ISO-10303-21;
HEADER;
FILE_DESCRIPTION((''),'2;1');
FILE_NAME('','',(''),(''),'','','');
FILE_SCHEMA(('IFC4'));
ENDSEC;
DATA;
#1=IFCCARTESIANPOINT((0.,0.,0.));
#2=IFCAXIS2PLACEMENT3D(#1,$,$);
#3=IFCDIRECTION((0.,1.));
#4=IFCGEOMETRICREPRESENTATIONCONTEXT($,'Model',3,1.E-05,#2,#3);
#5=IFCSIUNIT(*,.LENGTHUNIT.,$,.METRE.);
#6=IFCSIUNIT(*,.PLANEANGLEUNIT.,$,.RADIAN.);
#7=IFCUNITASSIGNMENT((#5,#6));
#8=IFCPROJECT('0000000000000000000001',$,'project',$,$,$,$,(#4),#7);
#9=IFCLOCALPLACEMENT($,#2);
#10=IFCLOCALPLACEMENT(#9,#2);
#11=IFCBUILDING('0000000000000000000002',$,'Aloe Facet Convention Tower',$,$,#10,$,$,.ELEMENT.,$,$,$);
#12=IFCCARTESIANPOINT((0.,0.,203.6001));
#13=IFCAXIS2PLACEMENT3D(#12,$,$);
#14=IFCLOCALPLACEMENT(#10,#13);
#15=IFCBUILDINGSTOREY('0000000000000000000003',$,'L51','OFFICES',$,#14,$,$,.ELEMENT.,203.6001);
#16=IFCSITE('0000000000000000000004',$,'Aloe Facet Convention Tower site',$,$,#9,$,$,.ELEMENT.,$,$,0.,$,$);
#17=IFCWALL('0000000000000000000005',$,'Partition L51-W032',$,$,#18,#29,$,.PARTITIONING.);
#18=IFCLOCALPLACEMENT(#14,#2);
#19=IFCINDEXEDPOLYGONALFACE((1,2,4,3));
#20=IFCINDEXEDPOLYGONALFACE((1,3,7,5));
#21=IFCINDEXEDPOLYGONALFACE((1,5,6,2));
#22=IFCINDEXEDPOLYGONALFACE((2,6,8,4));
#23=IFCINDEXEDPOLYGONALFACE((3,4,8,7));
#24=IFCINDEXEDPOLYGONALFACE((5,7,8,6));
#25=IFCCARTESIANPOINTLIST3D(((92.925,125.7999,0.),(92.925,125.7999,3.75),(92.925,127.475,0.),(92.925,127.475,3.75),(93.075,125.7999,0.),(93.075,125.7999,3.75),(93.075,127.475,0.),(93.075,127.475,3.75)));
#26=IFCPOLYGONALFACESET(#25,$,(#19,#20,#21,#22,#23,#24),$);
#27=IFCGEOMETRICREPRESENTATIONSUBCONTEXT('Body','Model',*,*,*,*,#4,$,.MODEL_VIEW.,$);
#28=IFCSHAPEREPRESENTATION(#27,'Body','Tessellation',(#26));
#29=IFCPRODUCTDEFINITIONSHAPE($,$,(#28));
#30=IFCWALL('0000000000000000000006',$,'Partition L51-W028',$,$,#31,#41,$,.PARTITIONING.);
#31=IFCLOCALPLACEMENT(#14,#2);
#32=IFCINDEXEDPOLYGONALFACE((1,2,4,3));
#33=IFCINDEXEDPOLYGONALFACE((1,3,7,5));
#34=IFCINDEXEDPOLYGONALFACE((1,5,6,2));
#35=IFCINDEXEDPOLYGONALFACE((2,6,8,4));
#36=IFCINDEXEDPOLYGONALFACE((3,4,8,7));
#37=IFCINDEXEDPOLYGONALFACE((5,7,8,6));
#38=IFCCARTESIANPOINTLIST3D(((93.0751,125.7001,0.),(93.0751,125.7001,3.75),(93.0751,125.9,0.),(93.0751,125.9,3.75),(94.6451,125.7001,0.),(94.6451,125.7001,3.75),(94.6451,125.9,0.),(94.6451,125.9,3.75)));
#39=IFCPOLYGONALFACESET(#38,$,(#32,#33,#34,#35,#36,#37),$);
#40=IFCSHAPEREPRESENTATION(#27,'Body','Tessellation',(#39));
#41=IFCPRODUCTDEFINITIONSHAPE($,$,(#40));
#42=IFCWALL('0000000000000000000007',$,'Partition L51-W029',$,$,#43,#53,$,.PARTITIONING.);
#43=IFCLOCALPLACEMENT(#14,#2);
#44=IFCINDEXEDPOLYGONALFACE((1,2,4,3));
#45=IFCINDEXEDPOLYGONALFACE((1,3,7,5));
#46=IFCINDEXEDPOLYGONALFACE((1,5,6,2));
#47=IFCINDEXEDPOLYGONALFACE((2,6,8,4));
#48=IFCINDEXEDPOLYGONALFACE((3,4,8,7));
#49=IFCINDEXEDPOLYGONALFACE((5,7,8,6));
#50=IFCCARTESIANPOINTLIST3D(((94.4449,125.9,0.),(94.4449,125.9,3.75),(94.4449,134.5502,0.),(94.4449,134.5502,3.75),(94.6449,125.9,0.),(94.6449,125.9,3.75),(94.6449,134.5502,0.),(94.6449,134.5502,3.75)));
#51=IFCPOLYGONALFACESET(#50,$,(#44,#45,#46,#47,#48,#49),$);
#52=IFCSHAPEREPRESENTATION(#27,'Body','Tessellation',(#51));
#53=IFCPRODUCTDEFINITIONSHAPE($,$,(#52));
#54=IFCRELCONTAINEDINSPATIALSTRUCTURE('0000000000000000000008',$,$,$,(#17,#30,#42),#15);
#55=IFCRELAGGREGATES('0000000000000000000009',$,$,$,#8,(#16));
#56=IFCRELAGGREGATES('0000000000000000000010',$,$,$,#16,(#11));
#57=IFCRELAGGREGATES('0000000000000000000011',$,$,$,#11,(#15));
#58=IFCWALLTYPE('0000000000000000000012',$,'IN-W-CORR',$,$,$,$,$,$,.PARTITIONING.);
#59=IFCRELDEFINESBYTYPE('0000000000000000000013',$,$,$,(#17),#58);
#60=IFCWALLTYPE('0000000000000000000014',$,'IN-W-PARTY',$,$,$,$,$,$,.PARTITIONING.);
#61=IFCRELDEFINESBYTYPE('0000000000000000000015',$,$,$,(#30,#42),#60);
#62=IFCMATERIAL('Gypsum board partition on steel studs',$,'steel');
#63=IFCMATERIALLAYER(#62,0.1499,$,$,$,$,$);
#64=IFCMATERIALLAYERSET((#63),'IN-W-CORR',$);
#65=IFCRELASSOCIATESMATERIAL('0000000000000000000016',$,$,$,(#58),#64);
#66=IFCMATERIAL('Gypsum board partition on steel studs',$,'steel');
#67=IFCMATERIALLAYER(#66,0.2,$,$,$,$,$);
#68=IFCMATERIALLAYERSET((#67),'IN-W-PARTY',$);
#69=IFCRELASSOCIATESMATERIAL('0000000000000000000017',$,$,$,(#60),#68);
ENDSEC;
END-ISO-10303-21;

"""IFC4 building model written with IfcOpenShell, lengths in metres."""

from ifc_helpers import new_model, si_unit, direction, frame, frame_2d, origin, place, context, subcontext, project, spatial, rectangle, extrude, material, layer, layer_set, type_object, element, save


model = new_model("IFC4")

# Units and contexts
model_context = context("Model", 3, precision=1e-05, world=origin(), true_north=direction((0.0, 1.0)))
body_context = subcontext(model_context, "Body", "Model", "MODEL_VIEW")
ifc_project = project(units=[si_unit("LENGTHUNIT", "METRE"), si_unit("PLANEANGLEUNIT", "RADIAN")], contexts=[model_context])

# Site, building, storey
site_placement = place(None, origin())
site = spatial("IfcSite", under=ifc_project, at=site_placement, Name="Aloe Facet Convention Tower site", CompositionType="ELEMENT", RefElevation=0.0)
building_placement = place(site_placement, origin())
building = spatial("IfcBuilding", under=site, at=building_placement, Name="Aloe Facet Convention Tower", CompositionType="ELEMENT")
storey_placement = place(building_placement, frame((0.0, 0.0, 203.6001)))
storey = spatial("IfcBuildingStorey", under=building, at=storey_placement, Name="L51", Description="OFFICES", CompositionType="ELEMENT", Elevation=203.6001)

# Walls
ifc_material_1 = material(Name="Gypsum board partition on steel studs", Category="steel")
ifc_layer_1 = layer(ifc_material_1, 0.1499)
ifc_layer_set_1 = layer_set([ifc_layer_1], Name="IN-W-CORR")
wall_type_1 = type_object("IfcWallType", Name="IN-W-CORR", PredefinedType="PARTITIONING", material=ifc_layer_set_1)
wall_1_placement = place(storey_placement, frame((93.0, 125.8, 0.0), z_axis=(0.0, 0.0, 1.0), x_axis=(0.0, 1.0, 0.0)))
element("IfcWall", 1, at=wall_1_placement, inside=storey, type_object=wall_type_1, Name="Partition L51-W032", PredefinedType="PARTITIONING", context=body_context, shape_type="SweptSolid", body=[
    extrude(rectangle(XDim=1.675, YDim=0.1499, at=frame_2d((0.8374, 0.0))), origin(), (0.0, 0.0, 1.0), 3.75),
])
ifc_material_2 = material(Name="Gypsum board partition on steel studs", Category="steel")
ifc_layer_2 = layer(ifc_material_2, 0.2)
ifc_layer_set_2 = layer_set([ifc_layer_2], Name="IN-W-PARTY")
wall_type_2 = type_object("IfcWallType", Name="IN-W-PARTY", PredefinedType="PARTITIONING", material=ifc_layer_set_2)
wall_2_placement = place(storey_placement, frame((93.075, 125.8, 0.0), z_axis=(0.0, 0.0, 1.0), x_axis=(1.0, 0.0, 0.0)))
element("IfcWall", 2, at=wall_2_placement, inside=storey, type_object=wall_type_2, Name="Partition L51-W028", PredefinedType="PARTITIONING", context=body_context, shape_type="SweptSolid", body=[
    extrude(rectangle(XDim=1.5701, YDim=0.2, at=frame_2d((0.7852, 0.0))), origin(), (0.0, 0.0, 1.0), 3.75),
])
wall_3_placement = place(storey_placement, frame((94.5449, 125.8999, 0.0), z_axis=(0.0, 0.0, 1.0), x_axis=(0.0, 1.0, 0.0)))
element("IfcWall", 3, at=wall_3_placement, inside=storey, type_object=wall_type_2, Name="Partition L51-W029", PredefinedType="PARTITIONING", context=body_context, shape_type="SweptSolid", body=[
    extrude(rectangle(XDim=8.6501, YDim=0.2, at=frame_2d((4.3252, 0.0))), origin(), (0.0, 0.0, 1.0), 3.75),
])

save(model, "model.ifc")
